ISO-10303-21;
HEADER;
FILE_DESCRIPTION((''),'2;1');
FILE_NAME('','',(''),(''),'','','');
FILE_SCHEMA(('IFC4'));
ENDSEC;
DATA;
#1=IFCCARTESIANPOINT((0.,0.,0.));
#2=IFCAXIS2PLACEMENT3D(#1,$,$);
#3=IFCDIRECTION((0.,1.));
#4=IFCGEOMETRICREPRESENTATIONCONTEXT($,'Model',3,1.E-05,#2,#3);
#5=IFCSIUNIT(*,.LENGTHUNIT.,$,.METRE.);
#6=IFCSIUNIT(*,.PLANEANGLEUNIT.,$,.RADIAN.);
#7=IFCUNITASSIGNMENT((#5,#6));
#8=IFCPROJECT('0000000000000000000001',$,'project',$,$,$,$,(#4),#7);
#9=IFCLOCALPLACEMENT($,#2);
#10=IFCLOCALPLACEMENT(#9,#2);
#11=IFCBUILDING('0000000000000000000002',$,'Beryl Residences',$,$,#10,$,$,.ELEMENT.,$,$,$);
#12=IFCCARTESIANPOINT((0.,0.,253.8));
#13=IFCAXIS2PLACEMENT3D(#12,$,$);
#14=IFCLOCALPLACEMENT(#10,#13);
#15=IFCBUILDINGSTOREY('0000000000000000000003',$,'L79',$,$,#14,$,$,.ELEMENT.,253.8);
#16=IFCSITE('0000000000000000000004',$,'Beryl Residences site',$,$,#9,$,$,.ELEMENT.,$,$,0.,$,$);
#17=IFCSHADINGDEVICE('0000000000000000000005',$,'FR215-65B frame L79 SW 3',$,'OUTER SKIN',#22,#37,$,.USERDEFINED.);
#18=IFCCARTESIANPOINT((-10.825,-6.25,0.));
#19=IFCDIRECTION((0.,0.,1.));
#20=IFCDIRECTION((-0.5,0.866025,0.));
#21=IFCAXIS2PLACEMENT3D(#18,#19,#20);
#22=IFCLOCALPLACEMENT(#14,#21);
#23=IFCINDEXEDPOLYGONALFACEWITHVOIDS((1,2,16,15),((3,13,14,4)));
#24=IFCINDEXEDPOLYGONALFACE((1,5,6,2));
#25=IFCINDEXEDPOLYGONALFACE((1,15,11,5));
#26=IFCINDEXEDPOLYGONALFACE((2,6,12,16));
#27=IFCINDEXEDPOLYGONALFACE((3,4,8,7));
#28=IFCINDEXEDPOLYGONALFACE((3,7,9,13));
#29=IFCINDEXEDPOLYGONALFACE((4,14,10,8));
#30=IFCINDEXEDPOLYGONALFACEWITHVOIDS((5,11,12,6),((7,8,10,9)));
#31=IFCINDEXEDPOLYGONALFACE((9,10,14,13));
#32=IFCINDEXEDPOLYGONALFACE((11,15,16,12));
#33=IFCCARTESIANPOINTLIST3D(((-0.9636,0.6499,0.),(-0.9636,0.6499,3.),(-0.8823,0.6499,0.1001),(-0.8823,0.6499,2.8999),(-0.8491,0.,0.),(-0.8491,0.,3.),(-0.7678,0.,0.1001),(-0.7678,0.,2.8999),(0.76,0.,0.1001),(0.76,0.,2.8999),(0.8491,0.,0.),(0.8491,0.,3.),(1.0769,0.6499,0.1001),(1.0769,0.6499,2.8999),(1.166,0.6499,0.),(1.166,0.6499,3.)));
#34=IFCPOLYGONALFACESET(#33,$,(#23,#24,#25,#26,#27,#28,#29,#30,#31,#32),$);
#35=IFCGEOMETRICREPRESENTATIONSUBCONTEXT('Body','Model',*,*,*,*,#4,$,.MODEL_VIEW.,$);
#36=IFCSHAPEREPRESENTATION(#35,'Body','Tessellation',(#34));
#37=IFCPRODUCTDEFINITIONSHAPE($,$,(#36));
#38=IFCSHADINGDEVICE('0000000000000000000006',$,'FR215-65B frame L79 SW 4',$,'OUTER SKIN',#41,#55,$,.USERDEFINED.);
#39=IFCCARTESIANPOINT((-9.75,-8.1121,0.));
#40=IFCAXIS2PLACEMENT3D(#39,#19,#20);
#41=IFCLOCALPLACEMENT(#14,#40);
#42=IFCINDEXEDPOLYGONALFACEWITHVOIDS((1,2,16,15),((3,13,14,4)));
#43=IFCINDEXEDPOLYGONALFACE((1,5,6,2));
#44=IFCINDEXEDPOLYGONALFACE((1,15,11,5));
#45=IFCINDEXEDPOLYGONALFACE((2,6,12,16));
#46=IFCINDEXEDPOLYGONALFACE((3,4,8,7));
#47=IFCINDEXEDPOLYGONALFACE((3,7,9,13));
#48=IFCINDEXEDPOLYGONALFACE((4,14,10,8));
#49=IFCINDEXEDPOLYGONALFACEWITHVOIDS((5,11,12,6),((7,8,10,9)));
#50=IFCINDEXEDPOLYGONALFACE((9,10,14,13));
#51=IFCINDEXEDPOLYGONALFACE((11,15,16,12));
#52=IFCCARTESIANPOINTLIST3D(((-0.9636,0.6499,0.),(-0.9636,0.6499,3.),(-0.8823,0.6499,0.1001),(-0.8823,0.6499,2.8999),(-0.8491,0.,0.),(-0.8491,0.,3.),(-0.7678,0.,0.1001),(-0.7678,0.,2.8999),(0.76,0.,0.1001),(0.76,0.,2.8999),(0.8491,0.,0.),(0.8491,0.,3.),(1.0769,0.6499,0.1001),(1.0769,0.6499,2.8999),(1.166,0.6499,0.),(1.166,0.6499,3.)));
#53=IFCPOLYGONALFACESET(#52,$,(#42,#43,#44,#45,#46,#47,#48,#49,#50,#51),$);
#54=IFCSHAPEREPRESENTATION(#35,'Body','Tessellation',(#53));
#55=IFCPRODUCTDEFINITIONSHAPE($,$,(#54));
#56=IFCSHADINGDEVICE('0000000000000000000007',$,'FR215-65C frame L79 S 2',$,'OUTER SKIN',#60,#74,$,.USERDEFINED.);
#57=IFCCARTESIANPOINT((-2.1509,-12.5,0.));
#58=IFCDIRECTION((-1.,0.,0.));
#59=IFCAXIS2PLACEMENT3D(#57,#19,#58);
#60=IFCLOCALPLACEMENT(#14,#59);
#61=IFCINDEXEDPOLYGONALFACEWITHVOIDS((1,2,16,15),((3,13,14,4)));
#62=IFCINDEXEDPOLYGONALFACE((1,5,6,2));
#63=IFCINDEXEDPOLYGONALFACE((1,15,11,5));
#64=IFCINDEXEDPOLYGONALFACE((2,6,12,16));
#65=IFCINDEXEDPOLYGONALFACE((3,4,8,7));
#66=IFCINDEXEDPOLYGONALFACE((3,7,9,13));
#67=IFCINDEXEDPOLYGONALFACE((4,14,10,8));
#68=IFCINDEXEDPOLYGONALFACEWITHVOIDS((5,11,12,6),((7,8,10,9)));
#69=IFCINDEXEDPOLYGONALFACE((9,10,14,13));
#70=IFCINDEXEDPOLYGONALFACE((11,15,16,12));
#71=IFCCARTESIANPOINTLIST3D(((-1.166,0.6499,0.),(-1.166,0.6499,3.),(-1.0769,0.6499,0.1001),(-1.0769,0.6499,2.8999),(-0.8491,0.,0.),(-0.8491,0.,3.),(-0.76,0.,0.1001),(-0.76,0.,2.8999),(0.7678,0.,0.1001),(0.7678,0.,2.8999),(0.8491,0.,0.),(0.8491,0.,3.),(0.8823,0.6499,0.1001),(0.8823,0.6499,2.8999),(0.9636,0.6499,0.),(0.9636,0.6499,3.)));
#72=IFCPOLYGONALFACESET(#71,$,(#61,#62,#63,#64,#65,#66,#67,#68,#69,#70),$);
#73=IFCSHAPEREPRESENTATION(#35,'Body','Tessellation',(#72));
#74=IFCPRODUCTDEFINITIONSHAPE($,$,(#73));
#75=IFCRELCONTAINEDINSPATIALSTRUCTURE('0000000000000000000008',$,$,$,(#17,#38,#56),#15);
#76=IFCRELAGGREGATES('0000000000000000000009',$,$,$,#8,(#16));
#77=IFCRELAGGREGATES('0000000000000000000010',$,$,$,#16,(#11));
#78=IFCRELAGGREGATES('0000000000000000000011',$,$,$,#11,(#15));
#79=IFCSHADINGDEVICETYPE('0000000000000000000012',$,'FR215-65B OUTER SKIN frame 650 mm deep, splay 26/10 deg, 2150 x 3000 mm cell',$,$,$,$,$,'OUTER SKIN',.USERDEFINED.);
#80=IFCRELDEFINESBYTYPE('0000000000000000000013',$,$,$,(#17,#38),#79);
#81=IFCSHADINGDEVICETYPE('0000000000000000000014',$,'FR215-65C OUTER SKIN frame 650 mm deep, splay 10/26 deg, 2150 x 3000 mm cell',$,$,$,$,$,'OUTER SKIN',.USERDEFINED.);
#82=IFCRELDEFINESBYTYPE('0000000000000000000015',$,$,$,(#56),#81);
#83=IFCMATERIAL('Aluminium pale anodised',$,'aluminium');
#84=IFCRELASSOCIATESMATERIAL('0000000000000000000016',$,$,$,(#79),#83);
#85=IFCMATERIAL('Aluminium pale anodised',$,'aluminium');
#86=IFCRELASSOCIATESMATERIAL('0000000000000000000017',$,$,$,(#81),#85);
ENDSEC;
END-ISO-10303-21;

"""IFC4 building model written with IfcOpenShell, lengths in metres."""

from ifc_helpers import new_model, entity, si_unit, direction, frame, origin, place, context, subcontext, project, spatial, source, transform, mapped, material, type_object, type_shapes, element, save


model = new_model("IFC4")

# Units and contexts
model_context = context("Model", 3, precision=1e-05, world=origin(), true_north=direction((0.0, 1.0)))
body_context = subcontext(model_context, "Body", "Model", "MODEL_VIEW")
ifc_project = project(units=[si_unit("LENGTHUNIT", "METRE"), si_unit("PLANEANGLEUNIT", "RADIAN")], contexts=[model_context])

# Site, building, storey
site_placement = place(None, origin())
site = spatial("IfcSite", under=ifc_project, at=site_placement, Name="Beryl Residences site", CompositionType="ELEMENT", RefElevation=0.0)
building_placement = place(site_placement, origin())
building = spatial("IfcBuilding", under=site, at=building_placement, Name="Beryl Residences", CompositionType="ELEMENT")
storey_placement = place(building_placement, frame((0.0, 0.0, 253.8)))
storey = spatial("IfcBuildingStorey", under=building, at=storey_placement, Name="L79", CompositionType="ELEMENT", Elevation=253.8)

# Shading devices
ifc_material_1 = material(Name="Aluminium pale anodised", Category="aluminium")
shading_device_type_1 = type_object("IfcShadingDeviceType", Name="FR215-65B OUTER SKIN frame 650 mm deep, splay 26/10 deg, 2150 x 3000 mm cell", ElementType="OUTER SKIN", PredefinedType="USERDEFINED", material=ifc_material_1)
cartesian_point_1 = entity("IfcCartesianPoint", [-0.8491, 0.0])
cartesian_point_2 = entity("IfcCartesianPoint", [-0.76, 0.1001])
cartesian_point_3 = entity("IfcCartesianPoint", [-1.166, 0.0])
cartesian_point_4 = entity("IfcCartesianPoint", [-1.0769, 0.1001])
shared_shape_1 = source(origin(), body_context, "Body", "SweptSolid", [
    entity("IfcExtrudedAreaSolidTapered", entity("IfcArbitraryProfileDefWithVoids", "AREA", None, entity("IfcPolyline", [cartesian_point_1, entity("IfcCartesianPoint", [0.8491, 0.0]), entity("IfcCartesianPoint", [0.8491, 3.0]), entity("IfcCartesianPoint", [-0.8491, 3.0]), cartesian_point_1]), [entity("IfcPolyline", [cartesian_point_2, entity("IfcCartesianPoint", [0.7678, 0.1001]), entity("IfcCartesianPoint", [0.7678, 2.8999]), entity("IfcCartesianPoint", [-0.76, 2.8999]), cartesian_point_2])]), entity("IfcAxis2Placement3D", entity("IfcCartesianPoint", [0.0, 0.0, 0.0]), entity("IfcDirection", [0.0, 1.0, 0.0]), entity("IfcDirection", [-1.0, 0.0, 0.0])), entity("IfcDirection", [0.0, 0.0, 1.0]), 0.6499, entity("IfcArbitraryProfileDefWithVoids", "AREA", None, entity("IfcPolyline", [cartesian_point_3, entity("IfcCartesianPoint", [0.9636, 0.0]), entity("IfcCartesianPoint", [0.9636, 3.0]), entity("IfcCartesianPoint", [-1.166, 3.0]), cartesian_point_3]), [entity("IfcPolyline", [cartesian_point_4, entity("IfcCartesianPoint", [0.8823, 0.1001]), entity("IfcCartesianPoint", [0.8823, 2.8999]), entity("IfcCartesianPoint", [-1.0769, 2.8999]), cartesian_point_4])])),
])
type_shapes(shading_device_type_1, [shared_shape_1])
for number, where, z_axis, x_axis, name in (
    (1, (-10.825, -6.25, 0.0), (0.0, 0.0, 1.0), (-0.5, 0.866025, 0.0), "FR215-65B frame L79 SW 3"),
    (2, (-9.75, -8.1121, 0.0), (0.0, 0.0, 1.0), (-0.5, 0.866025, 0.0), "FR215-65B frame L79 SW 4"),
):
    element("IfcShadingDevice", number, at=place(storey_placement, frame(where, z_axis=z_axis, x_axis=x_axis)), inside=storey, type_object=shading_device_type_1, Name=name, ObjectType="OUTER SKIN", PredefinedType="USERDEFINED", context=body_context, shape_type="MappedRepresentation", body=[
        mapped(shared_shape_1, transform((0.0, 0.0, 0.0))),
    ])
ifc_material_2 = material(Name="Aluminium pale anodised", Category="aluminium")
shading_device_type_2 = type_object("IfcShadingDeviceType", Name="FR215-65C OUTER SKIN frame 650 mm deep, splay 10/26 deg, 2150 x 3000 mm cell", ElementType="OUTER SKIN", PredefinedType="USERDEFINED", material=ifc_material_2)
cartesian_point_5 = entity("IfcCartesianPoint", [-0.8491, 0.0])
cartesian_point_6 = entity("IfcCartesianPoint", [-0.7678, 0.1001])
cartesian_point_7 = entity("IfcCartesianPoint", [-0.9636, 0.0])
cartesian_point_8 = entity("IfcCartesianPoint", [-0.8823, 0.1001])
shared_shape_2 = source(origin(), body_context, "Body", "SweptSolid", [
    entity("IfcExtrudedAreaSolidTapered", entity("IfcArbitraryProfileDefWithVoids", "AREA", None, entity("IfcPolyline", [cartesian_point_5, entity("IfcCartesianPoint", [0.8491, 0.0]), entity("IfcCartesianPoint", [0.8491, 3.0]), entity("IfcCartesianPoint", [-0.8491, 3.0]), cartesian_point_5]), [entity("IfcPolyline", [cartesian_point_6, entity("IfcCartesianPoint", [0.76, 0.1001]), entity("IfcCartesianPoint", [0.76, 2.8999]), entity("IfcCartesianPoint", [-0.7678, 2.8999]), cartesian_point_6])]), entity("IfcAxis2Placement3D", entity("IfcCartesianPoint", [0.0, 0.0, 0.0]), entity("IfcDirection", [0.0, 1.0, 0.0]), entity("IfcDirection", [-1.0, 0.0, 0.0])), entity("IfcDirection", [0.0, 0.0, 1.0]), 0.6499, entity("IfcArbitraryProfileDefWithVoids", "AREA", None, entity("IfcPolyline", [cartesian_point_7, entity("IfcCartesianPoint", [1.166, 0.0]), entity("IfcCartesianPoint", [1.166, 3.0]), entity("IfcCartesianPoint", [-0.9636, 3.0]), cartesian_point_7]), [entity("IfcPolyline", [cartesian_point_8, entity("IfcCartesianPoint", [1.0769, 0.1001]), entity("IfcCartesianPoint", [1.0769, 2.8999]), entity("IfcCartesianPoint", [-0.8823, 2.8999]), cartesian_point_8])])),
])
type_shapes(shading_device_type_2, [shared_shape_2])
for number, where, z_axis, x_axis, name in (
    (3, (-2.1509, -12.5, 0.0), (0.0, 0.0, 1.0), (-1.0, 0.0, 0.0), "FR215-65C frame L79 S 2"),
):
    element("IfcShadingDevice", number, at=place(storey_placement, frame(where, z_axis=z_axis, x_axis=x_axis)), inside=storey, type_object=shading_device_type_2, Name=name, ObjectType="OUTER SKIN", PredefinedType="USERDEFINED", context=body_context, shape_type="MappedRepresentation", body=[
        mapped(shared_shape_2, transform((0.0, 0.0, 0.0))),
    ])

save(model, "model.ifc")
